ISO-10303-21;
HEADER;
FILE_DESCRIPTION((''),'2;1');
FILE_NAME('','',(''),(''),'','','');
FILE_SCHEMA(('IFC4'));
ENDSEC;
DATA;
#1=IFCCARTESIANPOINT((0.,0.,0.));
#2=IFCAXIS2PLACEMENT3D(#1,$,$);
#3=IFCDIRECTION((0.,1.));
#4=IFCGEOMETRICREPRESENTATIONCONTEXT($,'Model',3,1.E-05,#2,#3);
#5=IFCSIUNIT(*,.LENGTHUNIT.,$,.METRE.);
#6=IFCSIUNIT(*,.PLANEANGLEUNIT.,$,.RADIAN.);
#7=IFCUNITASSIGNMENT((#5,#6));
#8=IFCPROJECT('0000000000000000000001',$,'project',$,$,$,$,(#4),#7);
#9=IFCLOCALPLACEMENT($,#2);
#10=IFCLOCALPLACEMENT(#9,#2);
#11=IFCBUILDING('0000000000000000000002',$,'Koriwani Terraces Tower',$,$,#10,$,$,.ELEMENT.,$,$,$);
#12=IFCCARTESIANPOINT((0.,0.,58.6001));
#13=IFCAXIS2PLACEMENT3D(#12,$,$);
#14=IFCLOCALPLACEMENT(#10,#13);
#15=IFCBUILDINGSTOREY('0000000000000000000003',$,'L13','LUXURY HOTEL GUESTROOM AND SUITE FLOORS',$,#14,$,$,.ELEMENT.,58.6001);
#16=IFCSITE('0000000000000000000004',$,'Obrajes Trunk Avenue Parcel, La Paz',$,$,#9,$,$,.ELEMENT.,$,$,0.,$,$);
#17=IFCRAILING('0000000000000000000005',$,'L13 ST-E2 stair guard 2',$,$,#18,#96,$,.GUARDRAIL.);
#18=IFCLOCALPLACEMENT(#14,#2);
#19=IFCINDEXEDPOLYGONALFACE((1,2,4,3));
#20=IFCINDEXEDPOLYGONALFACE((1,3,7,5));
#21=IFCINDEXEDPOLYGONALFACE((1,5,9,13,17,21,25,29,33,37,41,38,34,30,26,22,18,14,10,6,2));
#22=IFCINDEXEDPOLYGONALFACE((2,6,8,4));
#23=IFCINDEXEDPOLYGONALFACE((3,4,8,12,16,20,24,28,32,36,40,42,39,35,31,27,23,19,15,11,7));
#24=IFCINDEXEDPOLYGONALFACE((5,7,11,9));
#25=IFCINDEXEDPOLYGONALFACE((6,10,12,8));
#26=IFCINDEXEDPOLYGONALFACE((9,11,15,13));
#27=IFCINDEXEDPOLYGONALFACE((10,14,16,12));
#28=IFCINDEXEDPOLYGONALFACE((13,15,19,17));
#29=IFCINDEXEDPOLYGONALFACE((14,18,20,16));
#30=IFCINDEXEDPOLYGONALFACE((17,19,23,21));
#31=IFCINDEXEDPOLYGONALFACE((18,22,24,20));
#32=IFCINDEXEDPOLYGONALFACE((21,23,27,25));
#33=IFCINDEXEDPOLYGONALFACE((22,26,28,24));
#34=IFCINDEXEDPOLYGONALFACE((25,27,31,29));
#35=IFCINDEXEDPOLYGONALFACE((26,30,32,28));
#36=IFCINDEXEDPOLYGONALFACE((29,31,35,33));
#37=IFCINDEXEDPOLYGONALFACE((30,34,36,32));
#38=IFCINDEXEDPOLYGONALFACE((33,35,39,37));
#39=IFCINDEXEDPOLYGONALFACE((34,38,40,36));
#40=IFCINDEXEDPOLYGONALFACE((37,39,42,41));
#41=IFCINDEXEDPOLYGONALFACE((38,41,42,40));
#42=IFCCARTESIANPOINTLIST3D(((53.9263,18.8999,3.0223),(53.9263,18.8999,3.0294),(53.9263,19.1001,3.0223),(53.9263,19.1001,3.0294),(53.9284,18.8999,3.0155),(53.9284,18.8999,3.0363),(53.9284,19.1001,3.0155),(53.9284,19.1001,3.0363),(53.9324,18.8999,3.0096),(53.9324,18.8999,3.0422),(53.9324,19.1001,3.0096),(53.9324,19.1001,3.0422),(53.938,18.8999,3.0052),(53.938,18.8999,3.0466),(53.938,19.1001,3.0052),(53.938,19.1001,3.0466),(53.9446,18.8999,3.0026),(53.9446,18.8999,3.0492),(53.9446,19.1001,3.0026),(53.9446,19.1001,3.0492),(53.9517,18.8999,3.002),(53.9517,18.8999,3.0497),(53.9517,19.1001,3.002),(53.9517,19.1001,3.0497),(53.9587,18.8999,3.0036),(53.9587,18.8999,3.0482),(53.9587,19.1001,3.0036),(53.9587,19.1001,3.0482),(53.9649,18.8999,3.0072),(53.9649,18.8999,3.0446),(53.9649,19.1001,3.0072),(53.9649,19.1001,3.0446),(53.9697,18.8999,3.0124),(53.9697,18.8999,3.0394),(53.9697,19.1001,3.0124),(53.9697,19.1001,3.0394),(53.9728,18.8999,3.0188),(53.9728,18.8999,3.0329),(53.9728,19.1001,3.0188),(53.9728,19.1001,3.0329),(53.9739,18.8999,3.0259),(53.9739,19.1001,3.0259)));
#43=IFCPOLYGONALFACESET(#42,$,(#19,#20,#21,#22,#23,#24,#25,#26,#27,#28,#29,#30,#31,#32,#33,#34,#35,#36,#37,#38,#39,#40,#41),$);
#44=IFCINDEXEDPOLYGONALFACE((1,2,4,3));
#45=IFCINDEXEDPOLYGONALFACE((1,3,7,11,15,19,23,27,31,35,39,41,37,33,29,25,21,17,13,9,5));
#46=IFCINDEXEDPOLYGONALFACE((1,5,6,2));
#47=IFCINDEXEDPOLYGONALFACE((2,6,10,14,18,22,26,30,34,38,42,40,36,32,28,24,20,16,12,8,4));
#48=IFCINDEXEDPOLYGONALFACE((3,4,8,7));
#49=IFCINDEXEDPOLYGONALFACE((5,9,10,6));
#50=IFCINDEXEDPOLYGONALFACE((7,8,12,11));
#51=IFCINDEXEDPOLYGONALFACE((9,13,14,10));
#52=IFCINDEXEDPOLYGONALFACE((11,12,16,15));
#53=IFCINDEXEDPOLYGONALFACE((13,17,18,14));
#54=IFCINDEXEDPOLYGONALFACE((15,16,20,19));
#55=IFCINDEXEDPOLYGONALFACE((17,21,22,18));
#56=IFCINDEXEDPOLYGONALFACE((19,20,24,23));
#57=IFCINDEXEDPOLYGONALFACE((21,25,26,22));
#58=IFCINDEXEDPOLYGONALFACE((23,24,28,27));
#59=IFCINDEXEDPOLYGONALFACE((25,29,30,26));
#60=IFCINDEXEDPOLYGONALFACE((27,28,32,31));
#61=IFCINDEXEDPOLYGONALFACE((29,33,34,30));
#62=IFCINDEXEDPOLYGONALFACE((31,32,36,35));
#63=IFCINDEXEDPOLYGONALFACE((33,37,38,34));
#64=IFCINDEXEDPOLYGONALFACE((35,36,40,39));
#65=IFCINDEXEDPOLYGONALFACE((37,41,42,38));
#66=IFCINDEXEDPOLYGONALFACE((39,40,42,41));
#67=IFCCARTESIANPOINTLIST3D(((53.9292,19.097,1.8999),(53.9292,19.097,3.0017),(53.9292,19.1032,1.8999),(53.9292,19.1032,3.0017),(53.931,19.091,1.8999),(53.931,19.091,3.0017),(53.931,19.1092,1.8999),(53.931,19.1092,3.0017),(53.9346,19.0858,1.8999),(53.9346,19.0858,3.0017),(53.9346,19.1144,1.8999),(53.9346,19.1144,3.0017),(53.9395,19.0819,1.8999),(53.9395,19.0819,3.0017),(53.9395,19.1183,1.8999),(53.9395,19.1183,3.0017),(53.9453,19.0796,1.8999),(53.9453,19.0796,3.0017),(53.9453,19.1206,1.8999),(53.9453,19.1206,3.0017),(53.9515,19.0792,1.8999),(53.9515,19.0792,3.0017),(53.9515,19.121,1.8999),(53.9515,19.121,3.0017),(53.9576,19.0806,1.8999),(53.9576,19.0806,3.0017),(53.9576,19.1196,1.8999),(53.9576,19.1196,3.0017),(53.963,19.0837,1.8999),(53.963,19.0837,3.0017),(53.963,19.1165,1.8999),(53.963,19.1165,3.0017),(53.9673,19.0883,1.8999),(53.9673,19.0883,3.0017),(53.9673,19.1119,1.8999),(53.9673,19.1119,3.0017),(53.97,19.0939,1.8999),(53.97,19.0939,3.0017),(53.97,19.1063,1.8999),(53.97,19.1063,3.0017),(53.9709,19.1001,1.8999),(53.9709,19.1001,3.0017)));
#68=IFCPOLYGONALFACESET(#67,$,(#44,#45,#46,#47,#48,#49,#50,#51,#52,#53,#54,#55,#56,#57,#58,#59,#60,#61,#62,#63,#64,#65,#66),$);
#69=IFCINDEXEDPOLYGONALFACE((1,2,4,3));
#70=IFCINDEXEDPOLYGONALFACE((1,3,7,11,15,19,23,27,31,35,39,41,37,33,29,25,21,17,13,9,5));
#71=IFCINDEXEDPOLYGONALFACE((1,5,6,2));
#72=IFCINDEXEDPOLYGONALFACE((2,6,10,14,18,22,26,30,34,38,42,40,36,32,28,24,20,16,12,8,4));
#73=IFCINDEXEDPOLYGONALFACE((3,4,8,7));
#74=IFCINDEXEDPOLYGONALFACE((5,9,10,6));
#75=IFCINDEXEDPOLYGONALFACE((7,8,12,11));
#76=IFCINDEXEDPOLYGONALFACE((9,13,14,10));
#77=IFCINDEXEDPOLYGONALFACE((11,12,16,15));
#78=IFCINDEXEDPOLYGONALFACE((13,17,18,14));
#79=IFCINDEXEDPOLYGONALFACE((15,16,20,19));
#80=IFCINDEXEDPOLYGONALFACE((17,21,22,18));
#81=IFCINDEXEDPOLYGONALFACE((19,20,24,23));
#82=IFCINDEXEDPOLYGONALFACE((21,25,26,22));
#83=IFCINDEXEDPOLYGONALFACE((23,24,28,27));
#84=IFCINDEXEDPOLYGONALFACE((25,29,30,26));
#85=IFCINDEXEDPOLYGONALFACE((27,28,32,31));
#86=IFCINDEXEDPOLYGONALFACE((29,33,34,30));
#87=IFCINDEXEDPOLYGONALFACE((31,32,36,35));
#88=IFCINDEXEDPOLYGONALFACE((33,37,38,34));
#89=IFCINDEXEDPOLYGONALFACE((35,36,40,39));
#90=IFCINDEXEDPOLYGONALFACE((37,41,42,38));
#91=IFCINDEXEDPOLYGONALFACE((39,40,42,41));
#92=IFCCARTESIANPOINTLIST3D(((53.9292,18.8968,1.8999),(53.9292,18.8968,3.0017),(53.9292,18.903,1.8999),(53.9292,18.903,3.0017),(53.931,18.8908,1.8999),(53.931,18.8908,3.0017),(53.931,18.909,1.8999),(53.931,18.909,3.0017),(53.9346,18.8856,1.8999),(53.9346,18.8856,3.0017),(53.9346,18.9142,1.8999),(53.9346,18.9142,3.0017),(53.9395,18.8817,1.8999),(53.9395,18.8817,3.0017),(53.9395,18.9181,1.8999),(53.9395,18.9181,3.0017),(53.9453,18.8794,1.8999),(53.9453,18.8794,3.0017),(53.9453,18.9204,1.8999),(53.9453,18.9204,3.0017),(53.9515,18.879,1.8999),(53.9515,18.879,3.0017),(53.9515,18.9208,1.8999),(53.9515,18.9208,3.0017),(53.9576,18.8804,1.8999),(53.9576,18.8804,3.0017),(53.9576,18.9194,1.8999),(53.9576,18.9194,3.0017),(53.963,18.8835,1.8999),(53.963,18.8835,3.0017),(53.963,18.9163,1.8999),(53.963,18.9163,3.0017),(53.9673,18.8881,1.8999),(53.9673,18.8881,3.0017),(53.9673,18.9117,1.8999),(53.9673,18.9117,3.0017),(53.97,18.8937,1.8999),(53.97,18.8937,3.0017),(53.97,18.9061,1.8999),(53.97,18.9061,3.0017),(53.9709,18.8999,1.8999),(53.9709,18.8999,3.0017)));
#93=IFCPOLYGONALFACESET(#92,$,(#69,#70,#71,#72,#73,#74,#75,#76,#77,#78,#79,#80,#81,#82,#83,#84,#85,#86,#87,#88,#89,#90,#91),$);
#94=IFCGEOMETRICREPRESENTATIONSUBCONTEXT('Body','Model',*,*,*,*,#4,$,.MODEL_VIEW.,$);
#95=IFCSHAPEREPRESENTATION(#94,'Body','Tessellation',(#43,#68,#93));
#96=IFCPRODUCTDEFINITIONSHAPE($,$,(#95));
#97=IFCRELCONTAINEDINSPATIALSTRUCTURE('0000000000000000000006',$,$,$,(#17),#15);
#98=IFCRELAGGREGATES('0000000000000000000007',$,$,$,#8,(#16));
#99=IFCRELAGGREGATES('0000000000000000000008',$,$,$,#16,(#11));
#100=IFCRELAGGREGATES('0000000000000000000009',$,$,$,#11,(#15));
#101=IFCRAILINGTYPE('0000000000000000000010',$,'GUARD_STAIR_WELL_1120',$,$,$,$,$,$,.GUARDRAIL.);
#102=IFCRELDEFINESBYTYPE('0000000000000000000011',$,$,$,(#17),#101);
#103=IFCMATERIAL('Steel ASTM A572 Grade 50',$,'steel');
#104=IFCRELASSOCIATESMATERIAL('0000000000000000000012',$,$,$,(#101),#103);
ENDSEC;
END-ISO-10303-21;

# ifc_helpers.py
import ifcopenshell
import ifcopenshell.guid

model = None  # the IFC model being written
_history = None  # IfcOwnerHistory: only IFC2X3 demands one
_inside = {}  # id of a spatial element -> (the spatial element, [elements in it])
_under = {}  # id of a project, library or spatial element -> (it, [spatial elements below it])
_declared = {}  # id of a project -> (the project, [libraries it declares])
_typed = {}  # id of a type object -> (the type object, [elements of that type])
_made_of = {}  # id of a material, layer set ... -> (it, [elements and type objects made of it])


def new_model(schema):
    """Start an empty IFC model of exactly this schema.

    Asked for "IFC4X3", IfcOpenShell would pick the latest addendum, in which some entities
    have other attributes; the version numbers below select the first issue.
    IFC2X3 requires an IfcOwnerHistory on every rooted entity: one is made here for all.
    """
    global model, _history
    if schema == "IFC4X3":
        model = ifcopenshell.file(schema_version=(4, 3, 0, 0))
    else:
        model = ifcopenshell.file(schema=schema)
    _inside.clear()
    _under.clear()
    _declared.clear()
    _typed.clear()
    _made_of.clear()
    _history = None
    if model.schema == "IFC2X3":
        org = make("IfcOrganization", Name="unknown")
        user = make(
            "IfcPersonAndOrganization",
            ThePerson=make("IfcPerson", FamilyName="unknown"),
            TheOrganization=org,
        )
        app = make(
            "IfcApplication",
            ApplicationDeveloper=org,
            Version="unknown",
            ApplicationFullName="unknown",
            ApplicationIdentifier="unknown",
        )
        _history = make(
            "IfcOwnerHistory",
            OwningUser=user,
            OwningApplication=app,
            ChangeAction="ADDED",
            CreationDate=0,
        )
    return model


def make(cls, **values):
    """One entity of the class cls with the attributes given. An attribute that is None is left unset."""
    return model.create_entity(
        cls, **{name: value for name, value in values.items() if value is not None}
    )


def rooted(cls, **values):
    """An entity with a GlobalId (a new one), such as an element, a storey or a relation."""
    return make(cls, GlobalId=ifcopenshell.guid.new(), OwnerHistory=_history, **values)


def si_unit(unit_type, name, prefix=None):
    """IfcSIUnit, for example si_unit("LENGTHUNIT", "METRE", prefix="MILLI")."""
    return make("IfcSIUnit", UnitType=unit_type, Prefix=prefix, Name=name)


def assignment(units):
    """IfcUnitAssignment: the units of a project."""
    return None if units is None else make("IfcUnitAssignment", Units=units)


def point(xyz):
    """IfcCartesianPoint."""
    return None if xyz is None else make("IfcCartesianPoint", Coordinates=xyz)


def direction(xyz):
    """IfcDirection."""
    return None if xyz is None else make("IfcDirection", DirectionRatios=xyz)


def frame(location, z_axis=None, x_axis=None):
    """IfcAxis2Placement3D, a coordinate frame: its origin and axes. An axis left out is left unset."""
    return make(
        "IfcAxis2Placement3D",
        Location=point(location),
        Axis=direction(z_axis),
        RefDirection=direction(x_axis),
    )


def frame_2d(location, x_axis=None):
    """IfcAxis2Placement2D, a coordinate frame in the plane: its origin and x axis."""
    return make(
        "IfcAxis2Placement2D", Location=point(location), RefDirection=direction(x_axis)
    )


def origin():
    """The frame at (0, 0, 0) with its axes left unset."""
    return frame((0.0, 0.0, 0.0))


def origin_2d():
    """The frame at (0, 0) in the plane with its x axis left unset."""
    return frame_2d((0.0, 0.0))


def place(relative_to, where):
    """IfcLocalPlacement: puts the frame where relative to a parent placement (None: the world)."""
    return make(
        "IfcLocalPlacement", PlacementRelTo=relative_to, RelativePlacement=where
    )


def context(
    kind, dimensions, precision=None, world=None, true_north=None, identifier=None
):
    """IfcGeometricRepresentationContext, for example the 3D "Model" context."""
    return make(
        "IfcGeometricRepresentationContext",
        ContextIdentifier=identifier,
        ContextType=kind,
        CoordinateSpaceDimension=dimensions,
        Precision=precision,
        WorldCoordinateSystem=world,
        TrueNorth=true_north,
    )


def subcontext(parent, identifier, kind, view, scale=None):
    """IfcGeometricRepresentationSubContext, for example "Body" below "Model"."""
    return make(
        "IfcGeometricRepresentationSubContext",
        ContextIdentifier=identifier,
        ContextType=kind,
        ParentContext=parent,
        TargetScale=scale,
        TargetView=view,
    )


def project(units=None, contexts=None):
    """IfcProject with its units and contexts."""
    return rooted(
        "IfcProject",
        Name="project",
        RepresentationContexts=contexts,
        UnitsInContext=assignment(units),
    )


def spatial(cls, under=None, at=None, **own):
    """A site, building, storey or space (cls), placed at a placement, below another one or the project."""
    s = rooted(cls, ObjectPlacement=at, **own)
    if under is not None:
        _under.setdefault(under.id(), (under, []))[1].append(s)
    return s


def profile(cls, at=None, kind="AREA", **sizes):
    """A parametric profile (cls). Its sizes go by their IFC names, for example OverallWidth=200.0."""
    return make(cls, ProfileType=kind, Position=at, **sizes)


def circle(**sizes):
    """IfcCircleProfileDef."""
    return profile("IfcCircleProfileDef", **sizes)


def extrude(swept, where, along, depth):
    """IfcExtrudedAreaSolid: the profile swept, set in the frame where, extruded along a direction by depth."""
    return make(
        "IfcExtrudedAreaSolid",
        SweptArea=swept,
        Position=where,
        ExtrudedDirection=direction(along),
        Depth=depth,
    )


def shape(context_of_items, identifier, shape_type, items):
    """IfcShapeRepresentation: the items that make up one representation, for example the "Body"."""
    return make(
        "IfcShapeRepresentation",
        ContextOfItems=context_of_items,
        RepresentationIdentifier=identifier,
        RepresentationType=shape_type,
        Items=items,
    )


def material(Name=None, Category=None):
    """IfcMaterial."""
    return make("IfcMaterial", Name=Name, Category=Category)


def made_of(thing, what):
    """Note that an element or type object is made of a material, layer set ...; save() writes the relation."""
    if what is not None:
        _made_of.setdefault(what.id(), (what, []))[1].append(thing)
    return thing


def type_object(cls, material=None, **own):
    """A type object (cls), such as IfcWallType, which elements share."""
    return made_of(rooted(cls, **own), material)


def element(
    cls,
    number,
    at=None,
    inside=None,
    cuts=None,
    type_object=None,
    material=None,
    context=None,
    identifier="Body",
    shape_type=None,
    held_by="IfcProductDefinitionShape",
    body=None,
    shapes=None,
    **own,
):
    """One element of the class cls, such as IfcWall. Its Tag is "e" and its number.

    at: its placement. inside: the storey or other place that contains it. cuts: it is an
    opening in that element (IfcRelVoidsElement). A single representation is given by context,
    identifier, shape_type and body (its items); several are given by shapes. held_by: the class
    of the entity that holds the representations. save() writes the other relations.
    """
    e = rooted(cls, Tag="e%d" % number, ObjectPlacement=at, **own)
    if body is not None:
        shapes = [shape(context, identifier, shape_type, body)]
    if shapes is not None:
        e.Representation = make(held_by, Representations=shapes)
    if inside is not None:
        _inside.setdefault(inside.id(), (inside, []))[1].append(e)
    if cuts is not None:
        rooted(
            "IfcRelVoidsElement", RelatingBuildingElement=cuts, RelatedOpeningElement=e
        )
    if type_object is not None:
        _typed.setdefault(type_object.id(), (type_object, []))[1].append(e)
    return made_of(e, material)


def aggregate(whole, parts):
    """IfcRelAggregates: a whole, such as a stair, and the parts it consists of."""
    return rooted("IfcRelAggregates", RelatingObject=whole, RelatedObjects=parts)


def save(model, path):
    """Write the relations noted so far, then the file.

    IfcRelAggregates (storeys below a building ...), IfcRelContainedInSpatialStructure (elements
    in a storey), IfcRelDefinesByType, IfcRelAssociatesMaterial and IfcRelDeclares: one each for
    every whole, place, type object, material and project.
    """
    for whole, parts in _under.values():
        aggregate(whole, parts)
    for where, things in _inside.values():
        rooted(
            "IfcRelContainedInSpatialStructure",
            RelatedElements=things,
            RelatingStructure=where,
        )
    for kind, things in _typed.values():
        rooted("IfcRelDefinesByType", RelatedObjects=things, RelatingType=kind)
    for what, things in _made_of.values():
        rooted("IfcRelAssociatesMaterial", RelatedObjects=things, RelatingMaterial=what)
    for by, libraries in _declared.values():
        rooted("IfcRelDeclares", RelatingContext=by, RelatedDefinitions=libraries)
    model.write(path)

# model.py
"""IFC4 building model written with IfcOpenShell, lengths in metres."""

from ifc_helpers import new_model, si_unit, direction, frame, origin, origin_2d, place, context, subcontext, project, spatial, circle, extrude, material, type_object, element, save


model = new_model("IFC4")

# Units and contexts
model_context = context("Model", 3, precision=1e-05, world=origin(), true_north=direction((0.0, 1.0)))
body_context = subcontext(model_context, "Body", "Model", "MODEL_VIEW")
ifc_project = project(units=[si_unit("LENGTHUNIT", "METRE"), si_unit("PLANEANGLEUNIT", "RADIAN")], contexts=[model_context])

# Site, building, storey
site_placement = place(None, origin())
site = spatial("IfcSite", under=ifc_project, at=site_placement, Name="Obrajes Trunk Avenue Parcel, La Paz", CompositionType="ELEMENT", RefElevation=0.0)
building_placement = place(site_placement, origin())
building = spatial("IfcBuilding", under=site, at=building_placement, Name="Koriwani Terraces Tower", CompositionType="ELEMENT")
storey_placement = place(building_placement, frame((0.0, 0.0, 58.6001)))
storey = spatial("IfcBuildingStorey", under=building, at=storey_placement, Name="L13", Description="LUXURY HOTEL GUESTROOM AND SUITE FLOORS", CompositionType="ELEMENT", Elevation=58.6001)

# Shared definitions
ifc_material_1 = material(Name="Steel ASTM A572 Grade 50", Category="steel")

# Railing
railing_type_1 = type_object("IfcRailingType", Name="GUARD_STAIR_WELL_1120", PredefinedType="GUARDRAIL", material=ifc_material_1)
railing_1_placement = place(storey_placement, frame((53.95, 19.1001, 1.8999)))
element("IfcRailing", 1, at=railing_1_placement, inside=storey, type_object=railing_type_1, Name="L13 ST-E2 stair guard 2", PredefinedType="GUARDRAIL", context=body_context, shape_type="SweptSolid", body=[
    extrude(circle(Radius=0.0239, at=origin_2d()), frame((0.0, 0.0, 1.126), z_axis=(0.0, -1.0, 0.0), x_axis=(1.0, 0.0, 0.0)), (0.0, 0.0, 1.0), 0.2002),
    extrude(circle(Radius=0.021, at=origin_2d()), origin(), (0.0, 0.0, 1.0), 1.1018),
    extrude(circle(Radius=0.021, at=origin_2d()), frame((0.0, -0.2002, 0.0)), (0.0, 0.0, 1.0), 1.1018),
])

save(model, "model.ifc")
